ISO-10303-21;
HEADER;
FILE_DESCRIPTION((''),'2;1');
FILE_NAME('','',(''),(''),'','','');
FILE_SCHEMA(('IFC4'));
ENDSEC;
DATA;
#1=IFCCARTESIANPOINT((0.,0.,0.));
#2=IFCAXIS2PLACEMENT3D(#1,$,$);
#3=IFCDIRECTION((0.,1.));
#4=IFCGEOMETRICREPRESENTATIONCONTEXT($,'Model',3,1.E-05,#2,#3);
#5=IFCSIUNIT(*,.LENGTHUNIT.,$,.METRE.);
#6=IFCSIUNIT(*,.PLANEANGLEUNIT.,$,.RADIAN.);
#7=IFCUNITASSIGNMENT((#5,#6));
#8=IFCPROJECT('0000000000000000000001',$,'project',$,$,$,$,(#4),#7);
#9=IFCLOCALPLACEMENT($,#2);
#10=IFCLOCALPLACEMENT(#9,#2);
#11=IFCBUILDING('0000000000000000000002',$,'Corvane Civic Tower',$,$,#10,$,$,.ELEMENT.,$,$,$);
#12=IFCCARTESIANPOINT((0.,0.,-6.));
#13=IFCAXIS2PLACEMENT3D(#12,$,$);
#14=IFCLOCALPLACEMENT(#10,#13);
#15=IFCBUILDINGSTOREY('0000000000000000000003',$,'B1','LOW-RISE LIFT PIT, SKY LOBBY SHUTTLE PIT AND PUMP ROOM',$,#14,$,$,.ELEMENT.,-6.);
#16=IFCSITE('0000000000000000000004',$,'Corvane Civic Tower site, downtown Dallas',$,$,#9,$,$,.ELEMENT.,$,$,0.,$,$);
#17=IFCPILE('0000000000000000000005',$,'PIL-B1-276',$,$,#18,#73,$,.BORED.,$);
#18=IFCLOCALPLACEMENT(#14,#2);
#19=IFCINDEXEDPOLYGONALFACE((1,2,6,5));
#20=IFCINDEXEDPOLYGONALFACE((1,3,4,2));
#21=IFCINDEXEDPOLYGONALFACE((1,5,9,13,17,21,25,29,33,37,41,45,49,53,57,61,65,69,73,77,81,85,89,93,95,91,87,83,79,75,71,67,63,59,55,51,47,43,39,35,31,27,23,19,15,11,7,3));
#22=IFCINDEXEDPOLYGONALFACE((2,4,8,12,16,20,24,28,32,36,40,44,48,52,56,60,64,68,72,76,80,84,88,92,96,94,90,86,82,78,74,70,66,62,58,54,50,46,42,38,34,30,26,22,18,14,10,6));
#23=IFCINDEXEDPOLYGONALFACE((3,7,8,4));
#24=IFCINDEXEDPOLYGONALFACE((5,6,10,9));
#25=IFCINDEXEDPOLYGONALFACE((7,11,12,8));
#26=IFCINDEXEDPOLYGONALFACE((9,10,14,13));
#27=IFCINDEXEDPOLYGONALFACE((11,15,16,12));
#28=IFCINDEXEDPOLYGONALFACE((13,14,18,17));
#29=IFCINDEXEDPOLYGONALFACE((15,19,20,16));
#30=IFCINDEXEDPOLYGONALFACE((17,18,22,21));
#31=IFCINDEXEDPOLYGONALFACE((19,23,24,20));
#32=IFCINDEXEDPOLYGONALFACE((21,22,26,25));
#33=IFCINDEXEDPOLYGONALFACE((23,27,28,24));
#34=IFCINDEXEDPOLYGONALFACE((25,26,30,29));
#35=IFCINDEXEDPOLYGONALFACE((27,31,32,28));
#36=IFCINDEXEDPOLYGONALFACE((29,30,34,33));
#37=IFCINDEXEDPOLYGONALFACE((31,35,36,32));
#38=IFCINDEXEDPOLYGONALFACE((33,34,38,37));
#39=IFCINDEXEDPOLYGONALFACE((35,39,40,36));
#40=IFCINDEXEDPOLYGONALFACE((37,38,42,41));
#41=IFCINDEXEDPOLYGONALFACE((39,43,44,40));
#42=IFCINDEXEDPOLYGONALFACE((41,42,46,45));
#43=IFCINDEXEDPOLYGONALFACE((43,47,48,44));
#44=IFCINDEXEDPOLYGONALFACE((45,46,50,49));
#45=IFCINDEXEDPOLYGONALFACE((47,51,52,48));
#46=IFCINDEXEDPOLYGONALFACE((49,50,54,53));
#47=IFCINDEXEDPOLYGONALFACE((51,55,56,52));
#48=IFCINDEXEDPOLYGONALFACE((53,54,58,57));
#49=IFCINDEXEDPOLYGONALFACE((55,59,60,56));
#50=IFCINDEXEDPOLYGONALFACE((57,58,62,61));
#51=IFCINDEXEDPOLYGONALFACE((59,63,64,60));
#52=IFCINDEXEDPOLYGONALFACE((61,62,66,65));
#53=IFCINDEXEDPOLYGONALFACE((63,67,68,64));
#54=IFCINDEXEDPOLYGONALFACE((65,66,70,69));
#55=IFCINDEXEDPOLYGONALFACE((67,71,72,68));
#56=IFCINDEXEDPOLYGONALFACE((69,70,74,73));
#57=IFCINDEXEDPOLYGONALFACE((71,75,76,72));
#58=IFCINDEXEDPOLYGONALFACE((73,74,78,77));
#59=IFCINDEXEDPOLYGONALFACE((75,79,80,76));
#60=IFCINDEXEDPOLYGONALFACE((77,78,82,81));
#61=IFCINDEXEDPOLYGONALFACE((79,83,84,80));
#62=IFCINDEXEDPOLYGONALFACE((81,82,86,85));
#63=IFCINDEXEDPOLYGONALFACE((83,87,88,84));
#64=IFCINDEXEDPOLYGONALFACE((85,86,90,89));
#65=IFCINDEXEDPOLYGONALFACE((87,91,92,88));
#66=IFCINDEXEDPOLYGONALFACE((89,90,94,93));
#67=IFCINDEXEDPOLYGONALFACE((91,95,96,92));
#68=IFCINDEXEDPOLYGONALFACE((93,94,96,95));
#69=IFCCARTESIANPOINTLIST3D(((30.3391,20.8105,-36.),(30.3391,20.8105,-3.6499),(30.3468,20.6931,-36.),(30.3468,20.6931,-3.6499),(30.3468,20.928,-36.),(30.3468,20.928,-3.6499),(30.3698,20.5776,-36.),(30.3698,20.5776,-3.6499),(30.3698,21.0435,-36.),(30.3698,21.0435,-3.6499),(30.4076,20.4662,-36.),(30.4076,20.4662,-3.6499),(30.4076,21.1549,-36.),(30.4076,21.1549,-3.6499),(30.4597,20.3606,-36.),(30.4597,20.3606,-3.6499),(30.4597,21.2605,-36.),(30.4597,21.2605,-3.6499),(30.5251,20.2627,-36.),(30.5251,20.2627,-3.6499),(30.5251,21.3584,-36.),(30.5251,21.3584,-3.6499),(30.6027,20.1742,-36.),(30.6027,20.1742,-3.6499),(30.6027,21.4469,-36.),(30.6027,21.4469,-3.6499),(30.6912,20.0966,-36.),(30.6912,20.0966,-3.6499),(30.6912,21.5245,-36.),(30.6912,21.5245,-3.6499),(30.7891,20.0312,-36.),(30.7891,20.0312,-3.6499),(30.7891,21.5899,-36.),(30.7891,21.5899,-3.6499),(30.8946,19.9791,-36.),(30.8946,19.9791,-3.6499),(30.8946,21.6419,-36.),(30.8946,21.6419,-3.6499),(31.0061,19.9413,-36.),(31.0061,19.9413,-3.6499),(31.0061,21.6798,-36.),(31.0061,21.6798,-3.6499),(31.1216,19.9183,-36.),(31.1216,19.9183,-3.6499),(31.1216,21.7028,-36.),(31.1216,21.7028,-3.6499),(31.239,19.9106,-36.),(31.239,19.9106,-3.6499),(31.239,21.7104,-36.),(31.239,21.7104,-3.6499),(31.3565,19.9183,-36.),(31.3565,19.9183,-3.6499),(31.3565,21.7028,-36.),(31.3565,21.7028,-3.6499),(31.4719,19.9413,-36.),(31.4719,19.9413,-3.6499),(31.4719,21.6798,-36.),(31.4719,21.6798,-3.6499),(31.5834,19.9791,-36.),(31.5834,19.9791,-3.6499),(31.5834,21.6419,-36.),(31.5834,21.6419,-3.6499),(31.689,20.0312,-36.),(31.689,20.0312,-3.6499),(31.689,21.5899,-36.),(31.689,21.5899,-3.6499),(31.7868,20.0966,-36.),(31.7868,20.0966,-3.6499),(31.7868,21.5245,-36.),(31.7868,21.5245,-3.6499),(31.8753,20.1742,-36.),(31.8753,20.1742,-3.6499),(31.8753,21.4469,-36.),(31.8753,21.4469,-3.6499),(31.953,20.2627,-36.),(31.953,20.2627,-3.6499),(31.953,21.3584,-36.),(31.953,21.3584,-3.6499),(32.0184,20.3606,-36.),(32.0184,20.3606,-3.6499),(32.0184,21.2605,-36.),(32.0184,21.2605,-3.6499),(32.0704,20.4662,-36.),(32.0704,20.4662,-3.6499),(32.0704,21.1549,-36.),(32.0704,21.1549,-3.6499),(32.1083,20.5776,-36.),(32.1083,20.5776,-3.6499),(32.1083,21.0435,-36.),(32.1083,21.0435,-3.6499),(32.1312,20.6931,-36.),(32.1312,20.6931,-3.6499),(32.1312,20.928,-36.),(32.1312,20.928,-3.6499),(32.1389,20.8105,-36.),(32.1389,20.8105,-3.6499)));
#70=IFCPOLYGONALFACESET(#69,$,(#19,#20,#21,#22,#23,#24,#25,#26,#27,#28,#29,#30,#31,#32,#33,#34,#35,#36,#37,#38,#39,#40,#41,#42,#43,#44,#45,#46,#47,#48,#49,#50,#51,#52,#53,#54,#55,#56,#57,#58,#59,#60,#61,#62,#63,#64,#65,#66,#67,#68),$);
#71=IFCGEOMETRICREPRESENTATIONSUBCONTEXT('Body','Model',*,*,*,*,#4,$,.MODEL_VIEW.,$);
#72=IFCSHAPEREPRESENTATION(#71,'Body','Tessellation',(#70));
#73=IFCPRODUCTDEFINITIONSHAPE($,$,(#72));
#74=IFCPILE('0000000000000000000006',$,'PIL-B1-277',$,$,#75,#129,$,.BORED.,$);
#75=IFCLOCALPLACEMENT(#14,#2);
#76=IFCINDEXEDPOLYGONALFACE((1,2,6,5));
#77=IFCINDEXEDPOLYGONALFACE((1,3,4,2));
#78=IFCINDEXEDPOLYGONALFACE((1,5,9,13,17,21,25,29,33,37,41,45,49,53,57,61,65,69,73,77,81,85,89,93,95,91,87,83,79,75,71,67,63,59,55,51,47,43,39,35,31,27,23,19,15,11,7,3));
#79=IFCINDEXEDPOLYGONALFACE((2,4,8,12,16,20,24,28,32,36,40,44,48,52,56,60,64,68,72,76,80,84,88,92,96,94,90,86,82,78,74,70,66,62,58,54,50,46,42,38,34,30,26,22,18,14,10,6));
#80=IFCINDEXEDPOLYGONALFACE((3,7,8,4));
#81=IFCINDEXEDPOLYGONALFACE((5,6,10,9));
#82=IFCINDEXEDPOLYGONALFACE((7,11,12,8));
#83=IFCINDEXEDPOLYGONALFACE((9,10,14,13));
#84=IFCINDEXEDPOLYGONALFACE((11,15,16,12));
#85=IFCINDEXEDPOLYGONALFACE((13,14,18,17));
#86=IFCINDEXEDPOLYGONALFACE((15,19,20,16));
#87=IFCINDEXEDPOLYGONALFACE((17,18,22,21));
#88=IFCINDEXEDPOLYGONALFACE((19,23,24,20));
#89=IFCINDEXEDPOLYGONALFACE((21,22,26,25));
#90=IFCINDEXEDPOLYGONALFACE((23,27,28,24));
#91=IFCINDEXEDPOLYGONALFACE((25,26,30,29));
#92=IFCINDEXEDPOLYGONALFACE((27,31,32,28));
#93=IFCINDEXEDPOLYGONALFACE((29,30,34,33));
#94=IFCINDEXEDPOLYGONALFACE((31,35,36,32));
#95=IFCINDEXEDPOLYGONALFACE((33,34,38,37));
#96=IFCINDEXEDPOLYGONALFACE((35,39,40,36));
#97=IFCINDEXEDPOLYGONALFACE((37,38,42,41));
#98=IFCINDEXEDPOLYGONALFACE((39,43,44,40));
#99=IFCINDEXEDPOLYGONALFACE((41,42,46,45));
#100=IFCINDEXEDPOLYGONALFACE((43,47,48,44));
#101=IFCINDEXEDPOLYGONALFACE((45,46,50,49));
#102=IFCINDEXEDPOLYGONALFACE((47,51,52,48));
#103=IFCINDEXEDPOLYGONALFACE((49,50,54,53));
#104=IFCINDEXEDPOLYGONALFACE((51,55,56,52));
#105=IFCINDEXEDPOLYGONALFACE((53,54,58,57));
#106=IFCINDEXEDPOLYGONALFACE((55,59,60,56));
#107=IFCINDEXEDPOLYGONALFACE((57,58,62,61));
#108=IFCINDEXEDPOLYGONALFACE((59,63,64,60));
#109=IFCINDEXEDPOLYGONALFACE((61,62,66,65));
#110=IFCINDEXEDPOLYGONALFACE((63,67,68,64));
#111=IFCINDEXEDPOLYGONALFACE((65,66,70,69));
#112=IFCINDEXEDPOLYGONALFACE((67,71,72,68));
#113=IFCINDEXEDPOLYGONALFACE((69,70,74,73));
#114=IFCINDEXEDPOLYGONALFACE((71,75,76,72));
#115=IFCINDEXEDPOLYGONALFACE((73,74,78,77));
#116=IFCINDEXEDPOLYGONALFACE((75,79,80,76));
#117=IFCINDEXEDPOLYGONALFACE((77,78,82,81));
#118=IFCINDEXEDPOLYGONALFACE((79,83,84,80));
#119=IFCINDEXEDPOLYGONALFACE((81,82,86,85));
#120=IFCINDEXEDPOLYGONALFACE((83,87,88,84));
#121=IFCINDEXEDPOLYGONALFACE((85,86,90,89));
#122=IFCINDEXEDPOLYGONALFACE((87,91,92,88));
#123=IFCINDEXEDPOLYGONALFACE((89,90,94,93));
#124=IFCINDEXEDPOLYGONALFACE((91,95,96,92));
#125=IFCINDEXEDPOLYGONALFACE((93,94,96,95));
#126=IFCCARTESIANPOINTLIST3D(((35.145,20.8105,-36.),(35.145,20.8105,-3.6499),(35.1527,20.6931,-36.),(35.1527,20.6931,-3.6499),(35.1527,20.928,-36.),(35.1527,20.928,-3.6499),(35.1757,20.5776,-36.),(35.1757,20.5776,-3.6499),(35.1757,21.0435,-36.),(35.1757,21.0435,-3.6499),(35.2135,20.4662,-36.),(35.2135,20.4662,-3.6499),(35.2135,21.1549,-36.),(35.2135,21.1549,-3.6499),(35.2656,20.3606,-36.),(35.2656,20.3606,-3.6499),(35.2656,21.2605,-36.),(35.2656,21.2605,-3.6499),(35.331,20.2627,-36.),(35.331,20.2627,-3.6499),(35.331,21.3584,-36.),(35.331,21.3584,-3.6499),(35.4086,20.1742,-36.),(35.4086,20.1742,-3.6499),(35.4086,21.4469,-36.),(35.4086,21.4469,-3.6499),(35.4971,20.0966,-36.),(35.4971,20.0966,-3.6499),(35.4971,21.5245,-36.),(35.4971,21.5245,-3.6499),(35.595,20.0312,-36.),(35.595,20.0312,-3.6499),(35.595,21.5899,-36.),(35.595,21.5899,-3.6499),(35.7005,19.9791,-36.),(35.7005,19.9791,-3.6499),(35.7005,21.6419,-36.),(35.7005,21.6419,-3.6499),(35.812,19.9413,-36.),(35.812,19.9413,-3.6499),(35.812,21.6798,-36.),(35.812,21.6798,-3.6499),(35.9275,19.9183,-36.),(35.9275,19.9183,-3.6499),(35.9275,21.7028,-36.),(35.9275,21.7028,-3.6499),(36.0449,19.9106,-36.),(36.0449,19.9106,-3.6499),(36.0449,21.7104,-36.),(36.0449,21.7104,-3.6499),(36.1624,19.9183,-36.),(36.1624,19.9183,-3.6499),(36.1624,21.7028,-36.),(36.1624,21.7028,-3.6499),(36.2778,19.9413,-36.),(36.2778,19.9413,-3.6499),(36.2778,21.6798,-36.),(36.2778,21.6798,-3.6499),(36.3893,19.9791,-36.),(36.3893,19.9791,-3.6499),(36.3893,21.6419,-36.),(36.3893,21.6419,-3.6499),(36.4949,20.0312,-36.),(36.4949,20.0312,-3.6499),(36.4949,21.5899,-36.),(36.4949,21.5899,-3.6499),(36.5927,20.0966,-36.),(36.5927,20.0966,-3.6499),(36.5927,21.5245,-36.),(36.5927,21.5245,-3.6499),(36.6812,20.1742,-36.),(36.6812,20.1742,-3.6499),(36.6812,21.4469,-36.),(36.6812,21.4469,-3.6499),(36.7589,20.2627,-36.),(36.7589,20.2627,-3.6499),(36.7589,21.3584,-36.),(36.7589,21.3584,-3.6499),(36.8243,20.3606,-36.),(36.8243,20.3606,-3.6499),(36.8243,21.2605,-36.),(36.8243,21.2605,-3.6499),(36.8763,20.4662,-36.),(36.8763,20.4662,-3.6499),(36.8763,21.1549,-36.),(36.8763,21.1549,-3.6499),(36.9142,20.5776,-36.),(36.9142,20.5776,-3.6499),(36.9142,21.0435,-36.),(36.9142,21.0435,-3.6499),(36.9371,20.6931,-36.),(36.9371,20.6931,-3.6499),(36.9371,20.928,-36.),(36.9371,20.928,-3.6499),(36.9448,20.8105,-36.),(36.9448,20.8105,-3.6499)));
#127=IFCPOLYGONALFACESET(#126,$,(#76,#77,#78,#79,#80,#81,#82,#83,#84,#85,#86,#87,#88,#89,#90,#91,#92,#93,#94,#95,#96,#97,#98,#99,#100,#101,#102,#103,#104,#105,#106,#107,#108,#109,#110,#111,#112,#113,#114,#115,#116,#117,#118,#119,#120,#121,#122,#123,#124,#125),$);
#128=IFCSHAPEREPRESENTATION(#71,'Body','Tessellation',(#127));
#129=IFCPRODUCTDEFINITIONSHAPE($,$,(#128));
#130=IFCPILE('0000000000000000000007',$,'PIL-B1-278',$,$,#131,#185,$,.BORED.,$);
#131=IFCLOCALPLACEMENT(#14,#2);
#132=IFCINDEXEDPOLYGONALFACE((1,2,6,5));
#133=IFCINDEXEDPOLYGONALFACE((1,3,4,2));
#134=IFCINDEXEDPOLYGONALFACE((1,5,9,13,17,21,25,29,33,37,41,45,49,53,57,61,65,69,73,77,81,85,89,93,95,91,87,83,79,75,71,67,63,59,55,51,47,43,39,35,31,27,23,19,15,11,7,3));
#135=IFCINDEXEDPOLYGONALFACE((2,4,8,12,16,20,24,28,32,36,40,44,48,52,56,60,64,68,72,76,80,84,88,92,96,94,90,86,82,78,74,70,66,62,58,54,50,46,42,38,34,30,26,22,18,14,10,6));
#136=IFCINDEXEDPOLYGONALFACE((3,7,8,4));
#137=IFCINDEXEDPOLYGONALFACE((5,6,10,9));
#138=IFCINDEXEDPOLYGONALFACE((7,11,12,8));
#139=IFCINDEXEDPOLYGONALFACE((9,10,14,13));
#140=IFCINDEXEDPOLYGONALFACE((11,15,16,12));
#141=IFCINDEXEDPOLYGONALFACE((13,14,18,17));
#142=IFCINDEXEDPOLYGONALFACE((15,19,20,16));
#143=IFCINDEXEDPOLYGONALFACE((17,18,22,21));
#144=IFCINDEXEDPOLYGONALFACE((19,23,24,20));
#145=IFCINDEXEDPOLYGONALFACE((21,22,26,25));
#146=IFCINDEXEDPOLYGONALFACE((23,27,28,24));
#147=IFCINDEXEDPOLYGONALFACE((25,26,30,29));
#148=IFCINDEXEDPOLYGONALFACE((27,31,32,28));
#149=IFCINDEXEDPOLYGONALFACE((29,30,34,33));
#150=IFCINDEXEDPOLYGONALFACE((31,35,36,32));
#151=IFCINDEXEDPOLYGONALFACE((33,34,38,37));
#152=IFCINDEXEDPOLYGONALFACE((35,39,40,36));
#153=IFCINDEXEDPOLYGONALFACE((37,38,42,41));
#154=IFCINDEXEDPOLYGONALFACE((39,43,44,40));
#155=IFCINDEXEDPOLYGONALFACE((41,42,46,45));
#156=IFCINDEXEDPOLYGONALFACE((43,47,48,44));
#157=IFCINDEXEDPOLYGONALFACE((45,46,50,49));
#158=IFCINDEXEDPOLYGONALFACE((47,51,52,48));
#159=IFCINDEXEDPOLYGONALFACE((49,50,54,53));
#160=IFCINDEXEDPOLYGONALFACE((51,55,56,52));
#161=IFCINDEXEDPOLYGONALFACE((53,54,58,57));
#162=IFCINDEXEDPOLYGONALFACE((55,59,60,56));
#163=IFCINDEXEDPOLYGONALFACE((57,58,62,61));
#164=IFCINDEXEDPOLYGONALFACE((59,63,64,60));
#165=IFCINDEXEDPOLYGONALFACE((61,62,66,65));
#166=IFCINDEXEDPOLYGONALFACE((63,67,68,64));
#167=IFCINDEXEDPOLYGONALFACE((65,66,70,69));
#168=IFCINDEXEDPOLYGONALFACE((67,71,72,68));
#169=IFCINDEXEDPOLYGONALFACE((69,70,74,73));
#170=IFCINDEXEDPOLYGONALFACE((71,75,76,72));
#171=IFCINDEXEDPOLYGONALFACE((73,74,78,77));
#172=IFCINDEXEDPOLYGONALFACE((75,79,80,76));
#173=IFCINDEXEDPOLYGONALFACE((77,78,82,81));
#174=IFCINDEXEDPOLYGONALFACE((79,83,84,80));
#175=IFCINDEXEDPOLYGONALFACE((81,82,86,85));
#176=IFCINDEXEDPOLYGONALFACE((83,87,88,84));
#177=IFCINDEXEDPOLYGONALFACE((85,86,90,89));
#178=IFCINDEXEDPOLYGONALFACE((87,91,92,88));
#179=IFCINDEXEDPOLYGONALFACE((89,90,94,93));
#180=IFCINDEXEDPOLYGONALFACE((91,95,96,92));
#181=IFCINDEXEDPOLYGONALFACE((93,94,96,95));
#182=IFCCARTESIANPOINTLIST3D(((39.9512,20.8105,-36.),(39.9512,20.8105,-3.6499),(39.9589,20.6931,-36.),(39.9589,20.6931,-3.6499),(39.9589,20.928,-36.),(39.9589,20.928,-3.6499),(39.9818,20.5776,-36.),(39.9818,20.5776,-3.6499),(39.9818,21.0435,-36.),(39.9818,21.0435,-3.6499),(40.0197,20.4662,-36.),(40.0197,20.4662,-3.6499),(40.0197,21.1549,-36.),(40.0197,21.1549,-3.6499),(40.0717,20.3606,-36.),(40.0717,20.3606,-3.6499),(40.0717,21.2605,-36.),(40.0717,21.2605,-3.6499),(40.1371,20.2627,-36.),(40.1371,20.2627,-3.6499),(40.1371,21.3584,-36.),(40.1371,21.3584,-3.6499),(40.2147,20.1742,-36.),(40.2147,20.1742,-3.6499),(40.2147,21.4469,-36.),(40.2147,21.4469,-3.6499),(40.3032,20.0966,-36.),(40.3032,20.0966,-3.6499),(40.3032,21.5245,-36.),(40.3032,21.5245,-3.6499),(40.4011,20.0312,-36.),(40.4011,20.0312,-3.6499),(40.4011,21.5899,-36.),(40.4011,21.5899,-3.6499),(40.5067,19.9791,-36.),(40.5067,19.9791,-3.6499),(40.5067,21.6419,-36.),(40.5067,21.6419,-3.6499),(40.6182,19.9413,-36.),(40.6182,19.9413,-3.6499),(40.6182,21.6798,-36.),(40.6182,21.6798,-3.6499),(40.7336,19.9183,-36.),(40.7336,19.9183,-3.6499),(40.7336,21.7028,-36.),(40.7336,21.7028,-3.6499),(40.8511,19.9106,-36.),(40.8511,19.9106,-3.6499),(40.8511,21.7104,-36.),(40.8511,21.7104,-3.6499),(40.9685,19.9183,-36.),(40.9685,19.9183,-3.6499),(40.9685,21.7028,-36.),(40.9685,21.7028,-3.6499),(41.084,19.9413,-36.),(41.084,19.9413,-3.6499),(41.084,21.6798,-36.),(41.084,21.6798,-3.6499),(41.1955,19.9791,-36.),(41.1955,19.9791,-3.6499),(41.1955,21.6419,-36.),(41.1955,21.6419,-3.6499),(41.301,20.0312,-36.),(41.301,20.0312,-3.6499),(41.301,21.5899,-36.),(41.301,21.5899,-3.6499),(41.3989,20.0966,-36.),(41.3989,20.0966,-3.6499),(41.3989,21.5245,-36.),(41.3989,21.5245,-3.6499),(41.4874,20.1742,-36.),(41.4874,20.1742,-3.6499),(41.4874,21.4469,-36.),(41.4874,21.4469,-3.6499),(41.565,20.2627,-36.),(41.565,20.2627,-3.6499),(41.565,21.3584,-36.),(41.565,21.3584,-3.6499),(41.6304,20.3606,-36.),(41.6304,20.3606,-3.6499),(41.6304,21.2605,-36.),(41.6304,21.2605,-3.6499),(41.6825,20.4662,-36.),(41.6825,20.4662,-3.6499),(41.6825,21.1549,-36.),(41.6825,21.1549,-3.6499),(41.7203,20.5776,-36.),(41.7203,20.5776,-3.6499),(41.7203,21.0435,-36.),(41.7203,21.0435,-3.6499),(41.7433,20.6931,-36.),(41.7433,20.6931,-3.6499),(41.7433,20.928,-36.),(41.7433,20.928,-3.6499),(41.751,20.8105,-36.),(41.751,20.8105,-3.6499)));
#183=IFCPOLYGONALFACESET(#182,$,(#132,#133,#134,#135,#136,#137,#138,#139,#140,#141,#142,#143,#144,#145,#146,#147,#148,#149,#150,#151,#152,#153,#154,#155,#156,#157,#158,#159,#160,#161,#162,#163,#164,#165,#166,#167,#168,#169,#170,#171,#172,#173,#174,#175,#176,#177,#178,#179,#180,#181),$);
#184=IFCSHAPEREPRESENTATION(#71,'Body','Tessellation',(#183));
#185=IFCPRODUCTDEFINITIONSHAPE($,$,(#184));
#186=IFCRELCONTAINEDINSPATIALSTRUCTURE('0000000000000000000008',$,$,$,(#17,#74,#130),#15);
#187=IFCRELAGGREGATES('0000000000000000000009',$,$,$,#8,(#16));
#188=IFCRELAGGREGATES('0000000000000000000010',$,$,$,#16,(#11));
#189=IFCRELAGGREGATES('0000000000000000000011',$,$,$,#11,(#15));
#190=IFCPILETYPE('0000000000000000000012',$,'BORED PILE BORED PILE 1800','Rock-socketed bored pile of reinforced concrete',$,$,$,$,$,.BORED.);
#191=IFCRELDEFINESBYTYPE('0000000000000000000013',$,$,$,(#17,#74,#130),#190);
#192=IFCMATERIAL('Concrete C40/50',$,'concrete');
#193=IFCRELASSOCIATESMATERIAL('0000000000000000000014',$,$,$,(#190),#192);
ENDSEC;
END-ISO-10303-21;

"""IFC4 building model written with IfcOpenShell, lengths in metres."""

from ifc_helpers import new_model, si_unit, direction, frame, origin, origin_2d, place, context, subcontext, project, spatial, circle, extrude, material, material_profile, profile_set, type_object, element, save


model = new_model("IFC4")

# Units and contexts
model_context = context("Model", 3, precision=1e-05, world=origin(), true_north=direction((0.0, 1.0)))
body_context = subcontext(model_context, "Body", "Model", "MODEL_VIEW")
ifc_project = project(units=[si_unit("LENGTHUNIT", "METRE"), si_unit("PLANEANGLEUNIT", "RADIAN")], contexts=[model_context])

# Site, building, storey
site_placement = place(None, origin())
site = spatial("IfcSite", under=ifc_project, at=site_placement, Name="Corvane Civic Tower site, downtown Dallas", CompositionType="ELEMENT", RefElevation=0.0)
building_placement = place(site_placement, origin())
building = spatial("IfcBuilding", under=site, at=building_placement, Name="Corvane Civic Tower", CompositionType="ELEMENT")
storey_placement = place(building_placement, frame((0.0, 0.0, -6.0)))
storey = spatial("IfcBuildingStorey", under=building, at=storey_placement, Name="B1", Description="LOW-RISE LIFT PIT, SKY LOBBY SHUTTLE PIT AND PUMP ROOM", CompositionType="ELEMENT", Elevation=-6.0)

# Piles
ifc_material_1 = material(Name="Concrete C40/50", Category="concrete")
ifc_material_profile_1 = material_profile(ifc_material_1, circle(Radius=0.8999, at=origin_2d()), Name="BORED PILE 1800")
ifc_profile_set_1 = profile_set([ifc_material_profile_1], Name="Concrete C40/50")
pile_type_1 = type_object("IfcPileType", Name="BORED PILE BORED PILE 1800", Description="Rock-socketed bored pile of reinforced concrete", PredefinedType="BORED", material=ifc_profile_set_1)
for number, where, z_axis, x_axis, name in (
    (1, (31.239, 20.8105, -3.6499), (0.0, 0.0, -1.0), (1.0, 0.0, 0.0), "PIL-B1-276"),
    (2, (36.0449, 20.8105, -3.6499), (0.0, 0.0, -1.0), (1.0, 0.0, 0.0), "PIL-B1-277"),
    (3, (40.8511, 20.8105, -3.6499), (0.0, 0.0, -1.0), (1.0, 0.0, 0.0), "PIL-B1-278"),
):
    element("IfcPile", number, at=place(storey_placement, frame(where, z_axis=z_axis, x_axis=x_axis)), inside=storey, type_object=pile_type_1, Name=name, PredefinedType="BORED", context=body_context, shape_type="SweptSolid", body=[
        extrude(circle(Radius=0.8999, at=origin_2d()), origin(), (0.0, 0.0, 1.0), 32.3501),
    ])

save(model, "model.ifc")
